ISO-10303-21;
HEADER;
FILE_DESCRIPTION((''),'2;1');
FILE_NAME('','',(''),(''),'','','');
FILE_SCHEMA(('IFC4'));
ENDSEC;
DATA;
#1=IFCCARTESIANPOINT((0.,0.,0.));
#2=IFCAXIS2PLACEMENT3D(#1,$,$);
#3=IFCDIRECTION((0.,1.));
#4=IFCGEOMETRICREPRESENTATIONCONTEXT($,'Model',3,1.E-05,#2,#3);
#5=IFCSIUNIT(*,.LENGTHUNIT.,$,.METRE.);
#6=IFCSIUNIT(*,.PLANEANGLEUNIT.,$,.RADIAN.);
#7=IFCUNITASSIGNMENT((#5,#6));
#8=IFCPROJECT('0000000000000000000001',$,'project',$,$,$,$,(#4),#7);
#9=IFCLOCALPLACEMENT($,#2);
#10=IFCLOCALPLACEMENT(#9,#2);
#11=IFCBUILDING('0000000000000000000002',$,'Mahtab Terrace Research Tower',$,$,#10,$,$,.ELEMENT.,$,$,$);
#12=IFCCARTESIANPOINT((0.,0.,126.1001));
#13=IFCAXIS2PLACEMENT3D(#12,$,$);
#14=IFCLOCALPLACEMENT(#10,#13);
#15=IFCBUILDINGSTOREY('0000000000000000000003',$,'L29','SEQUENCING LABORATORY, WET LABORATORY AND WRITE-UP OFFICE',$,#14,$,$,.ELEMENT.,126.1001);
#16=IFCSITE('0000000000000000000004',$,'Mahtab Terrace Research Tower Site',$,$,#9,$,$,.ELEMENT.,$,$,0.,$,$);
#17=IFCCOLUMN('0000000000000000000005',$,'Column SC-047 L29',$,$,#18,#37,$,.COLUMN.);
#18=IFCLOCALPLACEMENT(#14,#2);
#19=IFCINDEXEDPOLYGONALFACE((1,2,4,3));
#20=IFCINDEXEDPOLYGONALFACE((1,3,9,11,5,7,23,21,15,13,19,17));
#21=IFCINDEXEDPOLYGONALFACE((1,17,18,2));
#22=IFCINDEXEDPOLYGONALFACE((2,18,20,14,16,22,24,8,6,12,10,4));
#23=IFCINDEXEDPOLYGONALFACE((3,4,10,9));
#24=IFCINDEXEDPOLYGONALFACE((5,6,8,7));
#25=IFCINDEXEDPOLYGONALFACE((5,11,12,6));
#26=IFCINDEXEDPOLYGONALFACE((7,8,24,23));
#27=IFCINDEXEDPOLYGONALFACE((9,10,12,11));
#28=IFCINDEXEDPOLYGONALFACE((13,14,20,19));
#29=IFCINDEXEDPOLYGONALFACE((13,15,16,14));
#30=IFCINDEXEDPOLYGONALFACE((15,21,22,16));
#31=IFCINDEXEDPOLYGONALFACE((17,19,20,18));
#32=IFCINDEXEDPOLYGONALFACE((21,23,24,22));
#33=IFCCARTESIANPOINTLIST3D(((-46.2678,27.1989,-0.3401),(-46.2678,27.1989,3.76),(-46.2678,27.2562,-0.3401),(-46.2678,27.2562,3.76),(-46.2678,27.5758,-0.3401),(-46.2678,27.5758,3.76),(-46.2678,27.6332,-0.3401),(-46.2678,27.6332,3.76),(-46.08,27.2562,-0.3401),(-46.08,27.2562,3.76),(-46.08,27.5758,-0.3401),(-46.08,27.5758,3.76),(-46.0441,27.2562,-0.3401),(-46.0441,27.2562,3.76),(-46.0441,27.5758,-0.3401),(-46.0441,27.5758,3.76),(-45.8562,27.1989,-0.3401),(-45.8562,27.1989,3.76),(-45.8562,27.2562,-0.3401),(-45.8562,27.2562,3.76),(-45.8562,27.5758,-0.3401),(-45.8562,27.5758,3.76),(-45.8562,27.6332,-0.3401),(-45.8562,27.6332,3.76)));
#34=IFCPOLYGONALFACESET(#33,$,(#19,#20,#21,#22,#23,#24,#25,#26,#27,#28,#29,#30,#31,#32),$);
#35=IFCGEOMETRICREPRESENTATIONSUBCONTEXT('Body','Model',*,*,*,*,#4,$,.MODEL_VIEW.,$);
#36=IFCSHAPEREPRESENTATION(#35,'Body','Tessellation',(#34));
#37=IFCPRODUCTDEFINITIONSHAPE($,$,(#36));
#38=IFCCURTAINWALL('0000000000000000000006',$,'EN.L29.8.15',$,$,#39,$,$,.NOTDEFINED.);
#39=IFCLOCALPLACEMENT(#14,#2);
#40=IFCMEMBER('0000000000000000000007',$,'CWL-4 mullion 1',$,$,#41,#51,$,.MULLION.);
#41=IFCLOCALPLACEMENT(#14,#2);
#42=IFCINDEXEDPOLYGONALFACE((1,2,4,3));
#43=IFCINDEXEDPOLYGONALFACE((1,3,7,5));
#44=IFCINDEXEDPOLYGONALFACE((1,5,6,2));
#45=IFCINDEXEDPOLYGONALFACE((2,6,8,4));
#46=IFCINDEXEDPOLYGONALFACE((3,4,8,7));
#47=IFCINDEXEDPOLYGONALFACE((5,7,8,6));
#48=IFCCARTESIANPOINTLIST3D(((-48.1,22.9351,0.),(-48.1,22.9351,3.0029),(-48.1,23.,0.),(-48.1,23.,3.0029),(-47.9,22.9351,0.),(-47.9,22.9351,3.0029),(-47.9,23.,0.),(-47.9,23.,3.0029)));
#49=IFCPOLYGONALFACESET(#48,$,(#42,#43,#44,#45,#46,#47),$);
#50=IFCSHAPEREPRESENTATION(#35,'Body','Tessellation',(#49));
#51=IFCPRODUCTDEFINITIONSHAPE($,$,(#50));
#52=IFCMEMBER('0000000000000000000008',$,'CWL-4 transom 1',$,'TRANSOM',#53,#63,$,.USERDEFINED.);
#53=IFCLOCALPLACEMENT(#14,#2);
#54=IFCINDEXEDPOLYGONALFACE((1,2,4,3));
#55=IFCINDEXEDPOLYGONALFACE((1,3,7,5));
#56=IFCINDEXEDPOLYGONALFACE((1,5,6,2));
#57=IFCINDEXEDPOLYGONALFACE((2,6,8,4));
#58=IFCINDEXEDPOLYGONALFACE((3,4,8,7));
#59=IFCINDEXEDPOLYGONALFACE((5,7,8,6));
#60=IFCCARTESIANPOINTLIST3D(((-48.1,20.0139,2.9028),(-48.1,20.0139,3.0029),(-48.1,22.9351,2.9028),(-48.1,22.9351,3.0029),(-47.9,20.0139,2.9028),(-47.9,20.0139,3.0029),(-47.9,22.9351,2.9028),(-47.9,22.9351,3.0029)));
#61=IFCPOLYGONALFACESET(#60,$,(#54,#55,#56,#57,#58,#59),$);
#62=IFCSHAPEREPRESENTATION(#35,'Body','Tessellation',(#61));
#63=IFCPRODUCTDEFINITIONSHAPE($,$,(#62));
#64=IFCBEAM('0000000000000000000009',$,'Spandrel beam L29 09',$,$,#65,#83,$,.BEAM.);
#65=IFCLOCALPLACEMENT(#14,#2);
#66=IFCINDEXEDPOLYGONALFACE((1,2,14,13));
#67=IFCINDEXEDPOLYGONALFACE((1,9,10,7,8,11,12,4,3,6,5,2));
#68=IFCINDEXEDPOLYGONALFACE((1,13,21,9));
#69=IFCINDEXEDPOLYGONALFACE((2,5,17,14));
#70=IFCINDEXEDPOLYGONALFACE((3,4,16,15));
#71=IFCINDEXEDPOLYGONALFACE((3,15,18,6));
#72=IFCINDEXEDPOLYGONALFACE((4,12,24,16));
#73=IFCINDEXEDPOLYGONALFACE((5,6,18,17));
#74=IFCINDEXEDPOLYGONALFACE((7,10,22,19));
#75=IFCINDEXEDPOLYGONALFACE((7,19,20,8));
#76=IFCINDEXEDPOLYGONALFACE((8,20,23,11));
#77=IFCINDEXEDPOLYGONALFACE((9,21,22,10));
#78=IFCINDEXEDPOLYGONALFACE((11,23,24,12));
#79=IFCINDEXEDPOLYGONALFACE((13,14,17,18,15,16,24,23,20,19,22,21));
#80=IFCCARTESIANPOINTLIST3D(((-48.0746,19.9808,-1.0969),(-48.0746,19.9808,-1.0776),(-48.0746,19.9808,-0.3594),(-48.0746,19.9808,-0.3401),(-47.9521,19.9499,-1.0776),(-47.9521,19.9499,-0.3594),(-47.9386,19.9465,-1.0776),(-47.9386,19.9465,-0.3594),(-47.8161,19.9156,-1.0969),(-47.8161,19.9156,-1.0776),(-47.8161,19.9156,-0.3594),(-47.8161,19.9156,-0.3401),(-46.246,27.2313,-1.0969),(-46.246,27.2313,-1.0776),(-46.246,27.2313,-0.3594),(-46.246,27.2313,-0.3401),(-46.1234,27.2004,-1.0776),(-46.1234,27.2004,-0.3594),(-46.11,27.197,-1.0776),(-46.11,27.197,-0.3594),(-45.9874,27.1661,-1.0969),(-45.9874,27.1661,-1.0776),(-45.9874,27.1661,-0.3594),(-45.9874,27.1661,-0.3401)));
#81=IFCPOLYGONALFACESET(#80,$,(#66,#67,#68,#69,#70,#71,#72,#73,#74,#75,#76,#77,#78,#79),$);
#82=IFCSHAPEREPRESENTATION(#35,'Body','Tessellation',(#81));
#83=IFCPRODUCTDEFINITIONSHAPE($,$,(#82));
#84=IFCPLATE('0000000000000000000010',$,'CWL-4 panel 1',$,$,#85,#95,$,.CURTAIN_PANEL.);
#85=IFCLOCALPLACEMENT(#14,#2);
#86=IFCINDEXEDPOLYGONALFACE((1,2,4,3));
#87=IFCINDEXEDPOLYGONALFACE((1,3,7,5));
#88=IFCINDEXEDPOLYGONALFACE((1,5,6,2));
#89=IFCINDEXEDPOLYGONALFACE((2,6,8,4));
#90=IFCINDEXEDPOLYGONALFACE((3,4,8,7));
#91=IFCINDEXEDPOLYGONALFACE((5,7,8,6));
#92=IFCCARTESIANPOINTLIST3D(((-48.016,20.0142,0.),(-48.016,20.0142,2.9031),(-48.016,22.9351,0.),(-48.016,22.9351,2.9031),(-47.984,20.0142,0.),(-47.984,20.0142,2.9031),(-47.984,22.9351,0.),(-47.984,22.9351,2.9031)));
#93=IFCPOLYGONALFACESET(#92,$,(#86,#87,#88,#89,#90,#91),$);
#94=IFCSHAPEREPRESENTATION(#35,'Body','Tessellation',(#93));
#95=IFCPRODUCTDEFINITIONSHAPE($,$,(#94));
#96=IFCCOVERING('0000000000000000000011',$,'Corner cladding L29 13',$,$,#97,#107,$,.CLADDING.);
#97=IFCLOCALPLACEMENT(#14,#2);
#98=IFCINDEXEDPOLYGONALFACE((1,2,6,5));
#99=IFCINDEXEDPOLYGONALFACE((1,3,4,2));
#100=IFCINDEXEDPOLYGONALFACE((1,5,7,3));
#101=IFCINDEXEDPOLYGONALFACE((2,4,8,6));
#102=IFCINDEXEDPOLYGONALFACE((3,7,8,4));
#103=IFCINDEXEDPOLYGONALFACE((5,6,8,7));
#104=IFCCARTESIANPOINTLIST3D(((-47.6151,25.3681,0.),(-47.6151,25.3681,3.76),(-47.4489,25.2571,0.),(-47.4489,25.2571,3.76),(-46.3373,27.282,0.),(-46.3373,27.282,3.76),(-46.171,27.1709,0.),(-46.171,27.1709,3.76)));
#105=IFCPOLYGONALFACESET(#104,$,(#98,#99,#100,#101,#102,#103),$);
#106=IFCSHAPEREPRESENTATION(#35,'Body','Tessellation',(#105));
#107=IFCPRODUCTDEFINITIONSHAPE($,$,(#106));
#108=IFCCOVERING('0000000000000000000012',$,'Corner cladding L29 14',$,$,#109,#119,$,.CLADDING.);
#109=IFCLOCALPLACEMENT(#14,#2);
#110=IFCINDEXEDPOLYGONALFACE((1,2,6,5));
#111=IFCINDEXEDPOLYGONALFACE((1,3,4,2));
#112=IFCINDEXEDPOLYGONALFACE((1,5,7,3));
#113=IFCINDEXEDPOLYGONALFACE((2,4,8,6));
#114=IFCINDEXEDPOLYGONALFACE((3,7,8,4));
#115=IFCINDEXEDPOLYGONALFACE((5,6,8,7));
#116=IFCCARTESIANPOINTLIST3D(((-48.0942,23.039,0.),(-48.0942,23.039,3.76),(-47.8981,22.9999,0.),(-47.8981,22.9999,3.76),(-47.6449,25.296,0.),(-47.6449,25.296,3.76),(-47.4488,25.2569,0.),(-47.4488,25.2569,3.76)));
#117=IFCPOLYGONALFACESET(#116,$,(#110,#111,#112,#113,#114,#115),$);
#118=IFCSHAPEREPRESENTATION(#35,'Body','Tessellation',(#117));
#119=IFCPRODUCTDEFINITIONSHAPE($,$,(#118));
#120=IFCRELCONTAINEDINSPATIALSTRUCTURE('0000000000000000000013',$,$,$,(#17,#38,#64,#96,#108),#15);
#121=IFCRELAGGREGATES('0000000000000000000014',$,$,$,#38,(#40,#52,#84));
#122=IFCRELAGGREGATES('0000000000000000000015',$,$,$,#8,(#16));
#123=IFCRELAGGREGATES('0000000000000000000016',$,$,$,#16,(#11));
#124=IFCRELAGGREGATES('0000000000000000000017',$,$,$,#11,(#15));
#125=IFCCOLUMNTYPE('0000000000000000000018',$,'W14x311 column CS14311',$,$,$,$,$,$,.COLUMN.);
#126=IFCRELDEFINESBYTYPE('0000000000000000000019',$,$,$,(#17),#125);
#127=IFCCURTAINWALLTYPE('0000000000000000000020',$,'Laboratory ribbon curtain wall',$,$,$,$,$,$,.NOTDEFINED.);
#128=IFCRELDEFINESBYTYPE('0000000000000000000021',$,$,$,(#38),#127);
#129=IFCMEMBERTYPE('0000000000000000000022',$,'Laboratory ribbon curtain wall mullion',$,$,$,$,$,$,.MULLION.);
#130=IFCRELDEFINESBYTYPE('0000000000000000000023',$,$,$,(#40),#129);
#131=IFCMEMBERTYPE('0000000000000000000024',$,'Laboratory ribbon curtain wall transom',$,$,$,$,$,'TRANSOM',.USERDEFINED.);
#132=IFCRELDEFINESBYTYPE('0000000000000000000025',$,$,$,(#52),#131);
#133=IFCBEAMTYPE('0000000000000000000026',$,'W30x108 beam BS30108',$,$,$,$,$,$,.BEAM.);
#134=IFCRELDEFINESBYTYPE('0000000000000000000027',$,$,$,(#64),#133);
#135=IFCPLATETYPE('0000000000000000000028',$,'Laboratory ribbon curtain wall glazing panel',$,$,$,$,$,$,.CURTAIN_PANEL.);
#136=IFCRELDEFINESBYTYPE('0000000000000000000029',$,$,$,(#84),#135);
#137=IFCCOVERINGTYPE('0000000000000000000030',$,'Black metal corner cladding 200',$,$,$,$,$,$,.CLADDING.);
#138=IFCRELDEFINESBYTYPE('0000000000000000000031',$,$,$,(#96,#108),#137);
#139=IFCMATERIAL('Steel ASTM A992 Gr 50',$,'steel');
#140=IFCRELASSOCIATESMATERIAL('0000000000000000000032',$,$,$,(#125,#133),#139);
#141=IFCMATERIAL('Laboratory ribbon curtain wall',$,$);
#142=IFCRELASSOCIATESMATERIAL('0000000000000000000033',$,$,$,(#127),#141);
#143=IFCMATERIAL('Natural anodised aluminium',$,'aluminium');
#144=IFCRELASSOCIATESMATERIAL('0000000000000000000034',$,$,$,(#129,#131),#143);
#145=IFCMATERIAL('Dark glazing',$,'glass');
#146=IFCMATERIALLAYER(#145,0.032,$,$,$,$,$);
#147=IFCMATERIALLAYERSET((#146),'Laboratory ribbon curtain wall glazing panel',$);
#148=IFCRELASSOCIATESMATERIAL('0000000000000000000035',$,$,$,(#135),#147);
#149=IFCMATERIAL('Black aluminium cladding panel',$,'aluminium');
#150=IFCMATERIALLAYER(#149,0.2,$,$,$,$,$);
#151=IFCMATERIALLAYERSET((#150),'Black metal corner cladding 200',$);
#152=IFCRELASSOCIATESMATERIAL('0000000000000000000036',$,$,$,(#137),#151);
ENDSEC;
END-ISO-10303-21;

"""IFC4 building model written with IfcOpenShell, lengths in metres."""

from ifc_helpers import new_model, si_unit, direction, frame, origin, origin_2d, place, context, subcontext, project, spatial, rectangle, i_section, extrude, material, layer, layer_set, material_profile, profile_set, type_object, element, aggregate, save


model = new_model("IFC4")

# Units and contexts
model_context = context("Model", 3, precision=1e-05, world=origin(), true_north=direction((0.0, 1.0)))
body_context = subcontext(model_context, "Body", "Model", "MODEL_VIEW")
ifc_project = project(units=[si_unit("LENGTHUNIT", "METRE"), si_unit("PLANEANGLEUNIT", "RADIAN")], contexts=[model_context])

# Site, building, storey
site_placement = place(None, origin())
site = spatial("IfcSite", under=ifc_project, at=site_placement, Name="Mahtab Terrace Research Tower Site", CompositionType="ELEMENT", RefElevation=0.0)
building_placement = place(site_placement, origin())
building = spatial("IfcBuilding", under=site, at=building_placement, Name="Mahtab Terrace Research Tower", CompositionType="ELEMENT")
storey_placement = place(building_placement, frame((0.0, 0.0, 126.1001)))
storey = spatial("IfcBuildingStorey", under=building, at=storey_placement, Name="L29", Description="SEQUENCING LABORATORY, WET LABORATORY AND WRITE-UP OFFICE", CompositionType="ELEMENT", Elevation=126.1001)

# Column
ifc_material_1 = material(Name="Steel ASTM A992 Gr 50", Category="steel")
ifc_material_profile_1 = material_profile(ifc_material_1, i_section(OverallWidth=0.4116, OverallDepth=0.4343, WebThickness=0.0359, FlangeThickness=0.0574, at=origin_2d()), Name="W14X311")
ifc_profile_set_1 = profile_set([ifc_material_profile_1], Name="Steel ASTM A992 Gr 50")
column_type = type_object("IfcColumnType", Name="W14x311 column CS14311", PredefinedType="COLUMN", material=ifc_profile_set_1)
column_placement = place(storey_placement, frame((-46.062, 27.416, -0.3401), z_axis=(0.0, 0.0, 1.0), x_axis=(1.0, 0.0, 0.0)))
element("IfcColumn", 1, at=column_placement, inside=storey, type_object=column_type, Name="Column SC-047 L29", PredefinedType="COLUMN", context=body_context, shape_type="SweptSolid", body=[
    extrude(i_section(OverallWidth=0.4116, OverallDepth=0.4343, WebThickness=0.0359, FlangeThickness=0.0574, at=origin_2d()), origin(), (0.0, 0.0, 1.0), 4.1001),
])

# Curtain wall, members
ifc_material_2 = material(Name="Laboratory ribbon curtain wall")
curtain_wall_type = type_object("IfcCurtainWallType", Name="Laboratory ribbon curtain wall", PredefinedType="NOTDEFINED", material=ifc_material_2)
curtain_wall_placement = place(storey_placement, origin())
curtain_wall = element("IfcCurtainWall", 2, at=curtain_wall_placement, inside=storey, type_object=curtain_wall_type, Name="EN.L29.8.15", PredefinedType="NOTDEFINED")
ifc_material_3 = material(Name="Natural anodised aluminium", Category="aluminium")
ifc_material_profile_2 = material_profile(ifc_material_3, rectangle(XDim=0.2, YDim=0.0649, at=origin_2d()), Name="MULLION 65x200")
ifc_profile_set_2 = profile_set([ifc_material_profile_2], Name="Natural anodised aluminium")
member_type_1 = type_object("IfcMemberType", Name="Laboratory ribbon curtain wall mullion", PredefinedType="MULLION", material=ifc_profile_set_2)
member_1_placement = place(storey_placement, frame((-48.0, 22.9675, 0.0), z_axis=(0.0, 0.0, 1.0), x_axis=(1.0, 0.0, 0.0)))
member_1 = element("IfcMember", 3, at=member_1_placement, type_object=member_type_1, Name="CWL-4 mullion 1", PredefinedType="MULLION", context=body_context, shape_type="SweptSolid", body=[
    extrude(rectangle(XDim=0.2, YDim=0.0649, at=origin_2d()), origin(), (0.0, 0.0, 1.0), 3.0029),
])
ifc_material_profile_3 = material_profile(ifc_material_3, rectangle(XDim=0.2, YDim=0.1001, at=origin_2d()), Name="TRANSOM 100x200")
ifc_profile_set_3 = profile_set([ifc_material_profile_3], Name="Natural anodised aluminium")
member_type_2 = type_object("IfcMemberType", Name="Laboratory ribbon curtain wall transom", ElementType="TRANSOM", PredefinedType="USERDEFINED", material=ifc_profile_set_3)
member_2_placement = place(storey_placement, frame((-48.0, 22.9351, 2.9529), z_axis=(0.0, -1.0, 0.0), x_axis=(1.0, 0.0, 0.0)))
member_2 = element("IfcMember", 4, at=member_2_placement, type_object=member_type_2, Name="CWL-4 transom 1", ObjectType="TRANSOM", PredefinedType="USERDEFINED", context=body_context, shape_type="SweptSolid", body=[
    extrude(rectangle(XDim=0.2, YDim=0.1001, at=origin_2d()), origin(), (0.0, 0.0, 1.0), 2.9211),
])

# Beam
ifc_material_profile_4 = material_profile(ifc_material_1, i_section(OverallWidth=0.2666, OverallDepth=0.7568, WebThickness=0.0139, FlangeThickness=0.0193, at=origin_2d()), Name="W30X108")
ifc_profile_set_4 = profile_set([ifc_material_profile_4], Name="Steel ASTM A992 Gr 50")
beam_type = type_object("IfcBeamType", Name="W30x108 beam BS30108", PredefinedType="BEAM", material=ifc_profile_set_4)
beam_placement = place(storey_placement, frame((-46.1167, 27.1987, -0.7185), z_axis=(-0.244548, -0.969637, 0.0), x_axis=(0.969637, -0.244548, 0.0)))
element("IfcBeam", 5, at=beam_placement, inside=storey, type_object=beam_type, Name="Spandrel beam L29 09", PredefinedType="BEAM", context=body_context, shape_type="SweptSolid", body=[
    extrude(i_section(OverallWidth=0.2666, OverallDepth=0.7568, WebThickness=0.0139, FlangeThickness=0.0193, at=origin_2d()), origin(), (0.0, 0.0, 1.0), 7.4775),
])

# Plate
ifc_material_4 = material(Name="Dark glazing", Category="glass")
ifc_layer_1 = layer(ifc_material_4, 0.032)
ifc_layer_set_1 = layer_set([ifc_layer_1], Name="Laboratory ribbon curtain wall glazing panel")
plate_type = type_object("IfcPlateType", Name="Laboratory ribbon curtain wall glazing panel", PredefinedType="CURTAIN_PANEL", material=ifc_layer_set_1)
plate_placement = place(storey_placement, frame((-48.0, 21.4746, 0.0), z_axis=(0.0, 0.0, 1.0), x_axis=(0.0, -1.0, 0.0)))
plate = element("IfcPlate", 6, at=plate_placement, type_object=plate_type, Name="CWL-4 panel 1", PredefinedType="CURTAIN_PANEL", context=body_context, shape_type="SweptSolid", body=[
    extrude(rectangle(XDim=2.9209, YDim=0.032, at=origin_2d()), origin(), (0.0, 0.0, 1.0), 2.9031),
])
aggregate(curtain_wall, [member_1, member_2, plate])

# Coverings
ifc_material_5 = material(Name="Black aluminium cladding panel", Category="aluminium")
ifc_layer_2 = layer(ifc_material_5, 0.2)
ifc_layer_set_2 = layer_set([ifc_layer_2], Name="Black metal corner cladding 200")
covering_type = type_object("IfcCoveringType", Name="Black metal corner cladding 200", PredefinedType="CLADDING", material=ifc_layer_set_2)
for number, where, z_axis, x_axis, name in (
    (7, (-46.8931, 26.2695, 0.0), (0.0, 0.0, 1.0), (-0.555291, -0.831656, 0.0), "Corner cladding L29 13"),
    (8, (-47.7715, 24.1479, 0.0), (0.0, 0.0, 1.0), (-0.195212, -0.980761, 0.0), "Corner cladding L29 14"),
):
    element("IfcCovering", number, at=place(storey_placement, frame(where, z_axis=z_axis, x_axis=x_axis)), inside=storey, type_object=covering_type, Name=name, PredefinedType="CLADDING", context=body_context, shape_type="SweptSolid", body=[
        extrude(rectangle(XDim=2.3013, YDim=0.2, at=origin_2d()), origin(), (0.0, 0.0, 1.0), 3.76),
    ])

save(model, "model.ifc")
